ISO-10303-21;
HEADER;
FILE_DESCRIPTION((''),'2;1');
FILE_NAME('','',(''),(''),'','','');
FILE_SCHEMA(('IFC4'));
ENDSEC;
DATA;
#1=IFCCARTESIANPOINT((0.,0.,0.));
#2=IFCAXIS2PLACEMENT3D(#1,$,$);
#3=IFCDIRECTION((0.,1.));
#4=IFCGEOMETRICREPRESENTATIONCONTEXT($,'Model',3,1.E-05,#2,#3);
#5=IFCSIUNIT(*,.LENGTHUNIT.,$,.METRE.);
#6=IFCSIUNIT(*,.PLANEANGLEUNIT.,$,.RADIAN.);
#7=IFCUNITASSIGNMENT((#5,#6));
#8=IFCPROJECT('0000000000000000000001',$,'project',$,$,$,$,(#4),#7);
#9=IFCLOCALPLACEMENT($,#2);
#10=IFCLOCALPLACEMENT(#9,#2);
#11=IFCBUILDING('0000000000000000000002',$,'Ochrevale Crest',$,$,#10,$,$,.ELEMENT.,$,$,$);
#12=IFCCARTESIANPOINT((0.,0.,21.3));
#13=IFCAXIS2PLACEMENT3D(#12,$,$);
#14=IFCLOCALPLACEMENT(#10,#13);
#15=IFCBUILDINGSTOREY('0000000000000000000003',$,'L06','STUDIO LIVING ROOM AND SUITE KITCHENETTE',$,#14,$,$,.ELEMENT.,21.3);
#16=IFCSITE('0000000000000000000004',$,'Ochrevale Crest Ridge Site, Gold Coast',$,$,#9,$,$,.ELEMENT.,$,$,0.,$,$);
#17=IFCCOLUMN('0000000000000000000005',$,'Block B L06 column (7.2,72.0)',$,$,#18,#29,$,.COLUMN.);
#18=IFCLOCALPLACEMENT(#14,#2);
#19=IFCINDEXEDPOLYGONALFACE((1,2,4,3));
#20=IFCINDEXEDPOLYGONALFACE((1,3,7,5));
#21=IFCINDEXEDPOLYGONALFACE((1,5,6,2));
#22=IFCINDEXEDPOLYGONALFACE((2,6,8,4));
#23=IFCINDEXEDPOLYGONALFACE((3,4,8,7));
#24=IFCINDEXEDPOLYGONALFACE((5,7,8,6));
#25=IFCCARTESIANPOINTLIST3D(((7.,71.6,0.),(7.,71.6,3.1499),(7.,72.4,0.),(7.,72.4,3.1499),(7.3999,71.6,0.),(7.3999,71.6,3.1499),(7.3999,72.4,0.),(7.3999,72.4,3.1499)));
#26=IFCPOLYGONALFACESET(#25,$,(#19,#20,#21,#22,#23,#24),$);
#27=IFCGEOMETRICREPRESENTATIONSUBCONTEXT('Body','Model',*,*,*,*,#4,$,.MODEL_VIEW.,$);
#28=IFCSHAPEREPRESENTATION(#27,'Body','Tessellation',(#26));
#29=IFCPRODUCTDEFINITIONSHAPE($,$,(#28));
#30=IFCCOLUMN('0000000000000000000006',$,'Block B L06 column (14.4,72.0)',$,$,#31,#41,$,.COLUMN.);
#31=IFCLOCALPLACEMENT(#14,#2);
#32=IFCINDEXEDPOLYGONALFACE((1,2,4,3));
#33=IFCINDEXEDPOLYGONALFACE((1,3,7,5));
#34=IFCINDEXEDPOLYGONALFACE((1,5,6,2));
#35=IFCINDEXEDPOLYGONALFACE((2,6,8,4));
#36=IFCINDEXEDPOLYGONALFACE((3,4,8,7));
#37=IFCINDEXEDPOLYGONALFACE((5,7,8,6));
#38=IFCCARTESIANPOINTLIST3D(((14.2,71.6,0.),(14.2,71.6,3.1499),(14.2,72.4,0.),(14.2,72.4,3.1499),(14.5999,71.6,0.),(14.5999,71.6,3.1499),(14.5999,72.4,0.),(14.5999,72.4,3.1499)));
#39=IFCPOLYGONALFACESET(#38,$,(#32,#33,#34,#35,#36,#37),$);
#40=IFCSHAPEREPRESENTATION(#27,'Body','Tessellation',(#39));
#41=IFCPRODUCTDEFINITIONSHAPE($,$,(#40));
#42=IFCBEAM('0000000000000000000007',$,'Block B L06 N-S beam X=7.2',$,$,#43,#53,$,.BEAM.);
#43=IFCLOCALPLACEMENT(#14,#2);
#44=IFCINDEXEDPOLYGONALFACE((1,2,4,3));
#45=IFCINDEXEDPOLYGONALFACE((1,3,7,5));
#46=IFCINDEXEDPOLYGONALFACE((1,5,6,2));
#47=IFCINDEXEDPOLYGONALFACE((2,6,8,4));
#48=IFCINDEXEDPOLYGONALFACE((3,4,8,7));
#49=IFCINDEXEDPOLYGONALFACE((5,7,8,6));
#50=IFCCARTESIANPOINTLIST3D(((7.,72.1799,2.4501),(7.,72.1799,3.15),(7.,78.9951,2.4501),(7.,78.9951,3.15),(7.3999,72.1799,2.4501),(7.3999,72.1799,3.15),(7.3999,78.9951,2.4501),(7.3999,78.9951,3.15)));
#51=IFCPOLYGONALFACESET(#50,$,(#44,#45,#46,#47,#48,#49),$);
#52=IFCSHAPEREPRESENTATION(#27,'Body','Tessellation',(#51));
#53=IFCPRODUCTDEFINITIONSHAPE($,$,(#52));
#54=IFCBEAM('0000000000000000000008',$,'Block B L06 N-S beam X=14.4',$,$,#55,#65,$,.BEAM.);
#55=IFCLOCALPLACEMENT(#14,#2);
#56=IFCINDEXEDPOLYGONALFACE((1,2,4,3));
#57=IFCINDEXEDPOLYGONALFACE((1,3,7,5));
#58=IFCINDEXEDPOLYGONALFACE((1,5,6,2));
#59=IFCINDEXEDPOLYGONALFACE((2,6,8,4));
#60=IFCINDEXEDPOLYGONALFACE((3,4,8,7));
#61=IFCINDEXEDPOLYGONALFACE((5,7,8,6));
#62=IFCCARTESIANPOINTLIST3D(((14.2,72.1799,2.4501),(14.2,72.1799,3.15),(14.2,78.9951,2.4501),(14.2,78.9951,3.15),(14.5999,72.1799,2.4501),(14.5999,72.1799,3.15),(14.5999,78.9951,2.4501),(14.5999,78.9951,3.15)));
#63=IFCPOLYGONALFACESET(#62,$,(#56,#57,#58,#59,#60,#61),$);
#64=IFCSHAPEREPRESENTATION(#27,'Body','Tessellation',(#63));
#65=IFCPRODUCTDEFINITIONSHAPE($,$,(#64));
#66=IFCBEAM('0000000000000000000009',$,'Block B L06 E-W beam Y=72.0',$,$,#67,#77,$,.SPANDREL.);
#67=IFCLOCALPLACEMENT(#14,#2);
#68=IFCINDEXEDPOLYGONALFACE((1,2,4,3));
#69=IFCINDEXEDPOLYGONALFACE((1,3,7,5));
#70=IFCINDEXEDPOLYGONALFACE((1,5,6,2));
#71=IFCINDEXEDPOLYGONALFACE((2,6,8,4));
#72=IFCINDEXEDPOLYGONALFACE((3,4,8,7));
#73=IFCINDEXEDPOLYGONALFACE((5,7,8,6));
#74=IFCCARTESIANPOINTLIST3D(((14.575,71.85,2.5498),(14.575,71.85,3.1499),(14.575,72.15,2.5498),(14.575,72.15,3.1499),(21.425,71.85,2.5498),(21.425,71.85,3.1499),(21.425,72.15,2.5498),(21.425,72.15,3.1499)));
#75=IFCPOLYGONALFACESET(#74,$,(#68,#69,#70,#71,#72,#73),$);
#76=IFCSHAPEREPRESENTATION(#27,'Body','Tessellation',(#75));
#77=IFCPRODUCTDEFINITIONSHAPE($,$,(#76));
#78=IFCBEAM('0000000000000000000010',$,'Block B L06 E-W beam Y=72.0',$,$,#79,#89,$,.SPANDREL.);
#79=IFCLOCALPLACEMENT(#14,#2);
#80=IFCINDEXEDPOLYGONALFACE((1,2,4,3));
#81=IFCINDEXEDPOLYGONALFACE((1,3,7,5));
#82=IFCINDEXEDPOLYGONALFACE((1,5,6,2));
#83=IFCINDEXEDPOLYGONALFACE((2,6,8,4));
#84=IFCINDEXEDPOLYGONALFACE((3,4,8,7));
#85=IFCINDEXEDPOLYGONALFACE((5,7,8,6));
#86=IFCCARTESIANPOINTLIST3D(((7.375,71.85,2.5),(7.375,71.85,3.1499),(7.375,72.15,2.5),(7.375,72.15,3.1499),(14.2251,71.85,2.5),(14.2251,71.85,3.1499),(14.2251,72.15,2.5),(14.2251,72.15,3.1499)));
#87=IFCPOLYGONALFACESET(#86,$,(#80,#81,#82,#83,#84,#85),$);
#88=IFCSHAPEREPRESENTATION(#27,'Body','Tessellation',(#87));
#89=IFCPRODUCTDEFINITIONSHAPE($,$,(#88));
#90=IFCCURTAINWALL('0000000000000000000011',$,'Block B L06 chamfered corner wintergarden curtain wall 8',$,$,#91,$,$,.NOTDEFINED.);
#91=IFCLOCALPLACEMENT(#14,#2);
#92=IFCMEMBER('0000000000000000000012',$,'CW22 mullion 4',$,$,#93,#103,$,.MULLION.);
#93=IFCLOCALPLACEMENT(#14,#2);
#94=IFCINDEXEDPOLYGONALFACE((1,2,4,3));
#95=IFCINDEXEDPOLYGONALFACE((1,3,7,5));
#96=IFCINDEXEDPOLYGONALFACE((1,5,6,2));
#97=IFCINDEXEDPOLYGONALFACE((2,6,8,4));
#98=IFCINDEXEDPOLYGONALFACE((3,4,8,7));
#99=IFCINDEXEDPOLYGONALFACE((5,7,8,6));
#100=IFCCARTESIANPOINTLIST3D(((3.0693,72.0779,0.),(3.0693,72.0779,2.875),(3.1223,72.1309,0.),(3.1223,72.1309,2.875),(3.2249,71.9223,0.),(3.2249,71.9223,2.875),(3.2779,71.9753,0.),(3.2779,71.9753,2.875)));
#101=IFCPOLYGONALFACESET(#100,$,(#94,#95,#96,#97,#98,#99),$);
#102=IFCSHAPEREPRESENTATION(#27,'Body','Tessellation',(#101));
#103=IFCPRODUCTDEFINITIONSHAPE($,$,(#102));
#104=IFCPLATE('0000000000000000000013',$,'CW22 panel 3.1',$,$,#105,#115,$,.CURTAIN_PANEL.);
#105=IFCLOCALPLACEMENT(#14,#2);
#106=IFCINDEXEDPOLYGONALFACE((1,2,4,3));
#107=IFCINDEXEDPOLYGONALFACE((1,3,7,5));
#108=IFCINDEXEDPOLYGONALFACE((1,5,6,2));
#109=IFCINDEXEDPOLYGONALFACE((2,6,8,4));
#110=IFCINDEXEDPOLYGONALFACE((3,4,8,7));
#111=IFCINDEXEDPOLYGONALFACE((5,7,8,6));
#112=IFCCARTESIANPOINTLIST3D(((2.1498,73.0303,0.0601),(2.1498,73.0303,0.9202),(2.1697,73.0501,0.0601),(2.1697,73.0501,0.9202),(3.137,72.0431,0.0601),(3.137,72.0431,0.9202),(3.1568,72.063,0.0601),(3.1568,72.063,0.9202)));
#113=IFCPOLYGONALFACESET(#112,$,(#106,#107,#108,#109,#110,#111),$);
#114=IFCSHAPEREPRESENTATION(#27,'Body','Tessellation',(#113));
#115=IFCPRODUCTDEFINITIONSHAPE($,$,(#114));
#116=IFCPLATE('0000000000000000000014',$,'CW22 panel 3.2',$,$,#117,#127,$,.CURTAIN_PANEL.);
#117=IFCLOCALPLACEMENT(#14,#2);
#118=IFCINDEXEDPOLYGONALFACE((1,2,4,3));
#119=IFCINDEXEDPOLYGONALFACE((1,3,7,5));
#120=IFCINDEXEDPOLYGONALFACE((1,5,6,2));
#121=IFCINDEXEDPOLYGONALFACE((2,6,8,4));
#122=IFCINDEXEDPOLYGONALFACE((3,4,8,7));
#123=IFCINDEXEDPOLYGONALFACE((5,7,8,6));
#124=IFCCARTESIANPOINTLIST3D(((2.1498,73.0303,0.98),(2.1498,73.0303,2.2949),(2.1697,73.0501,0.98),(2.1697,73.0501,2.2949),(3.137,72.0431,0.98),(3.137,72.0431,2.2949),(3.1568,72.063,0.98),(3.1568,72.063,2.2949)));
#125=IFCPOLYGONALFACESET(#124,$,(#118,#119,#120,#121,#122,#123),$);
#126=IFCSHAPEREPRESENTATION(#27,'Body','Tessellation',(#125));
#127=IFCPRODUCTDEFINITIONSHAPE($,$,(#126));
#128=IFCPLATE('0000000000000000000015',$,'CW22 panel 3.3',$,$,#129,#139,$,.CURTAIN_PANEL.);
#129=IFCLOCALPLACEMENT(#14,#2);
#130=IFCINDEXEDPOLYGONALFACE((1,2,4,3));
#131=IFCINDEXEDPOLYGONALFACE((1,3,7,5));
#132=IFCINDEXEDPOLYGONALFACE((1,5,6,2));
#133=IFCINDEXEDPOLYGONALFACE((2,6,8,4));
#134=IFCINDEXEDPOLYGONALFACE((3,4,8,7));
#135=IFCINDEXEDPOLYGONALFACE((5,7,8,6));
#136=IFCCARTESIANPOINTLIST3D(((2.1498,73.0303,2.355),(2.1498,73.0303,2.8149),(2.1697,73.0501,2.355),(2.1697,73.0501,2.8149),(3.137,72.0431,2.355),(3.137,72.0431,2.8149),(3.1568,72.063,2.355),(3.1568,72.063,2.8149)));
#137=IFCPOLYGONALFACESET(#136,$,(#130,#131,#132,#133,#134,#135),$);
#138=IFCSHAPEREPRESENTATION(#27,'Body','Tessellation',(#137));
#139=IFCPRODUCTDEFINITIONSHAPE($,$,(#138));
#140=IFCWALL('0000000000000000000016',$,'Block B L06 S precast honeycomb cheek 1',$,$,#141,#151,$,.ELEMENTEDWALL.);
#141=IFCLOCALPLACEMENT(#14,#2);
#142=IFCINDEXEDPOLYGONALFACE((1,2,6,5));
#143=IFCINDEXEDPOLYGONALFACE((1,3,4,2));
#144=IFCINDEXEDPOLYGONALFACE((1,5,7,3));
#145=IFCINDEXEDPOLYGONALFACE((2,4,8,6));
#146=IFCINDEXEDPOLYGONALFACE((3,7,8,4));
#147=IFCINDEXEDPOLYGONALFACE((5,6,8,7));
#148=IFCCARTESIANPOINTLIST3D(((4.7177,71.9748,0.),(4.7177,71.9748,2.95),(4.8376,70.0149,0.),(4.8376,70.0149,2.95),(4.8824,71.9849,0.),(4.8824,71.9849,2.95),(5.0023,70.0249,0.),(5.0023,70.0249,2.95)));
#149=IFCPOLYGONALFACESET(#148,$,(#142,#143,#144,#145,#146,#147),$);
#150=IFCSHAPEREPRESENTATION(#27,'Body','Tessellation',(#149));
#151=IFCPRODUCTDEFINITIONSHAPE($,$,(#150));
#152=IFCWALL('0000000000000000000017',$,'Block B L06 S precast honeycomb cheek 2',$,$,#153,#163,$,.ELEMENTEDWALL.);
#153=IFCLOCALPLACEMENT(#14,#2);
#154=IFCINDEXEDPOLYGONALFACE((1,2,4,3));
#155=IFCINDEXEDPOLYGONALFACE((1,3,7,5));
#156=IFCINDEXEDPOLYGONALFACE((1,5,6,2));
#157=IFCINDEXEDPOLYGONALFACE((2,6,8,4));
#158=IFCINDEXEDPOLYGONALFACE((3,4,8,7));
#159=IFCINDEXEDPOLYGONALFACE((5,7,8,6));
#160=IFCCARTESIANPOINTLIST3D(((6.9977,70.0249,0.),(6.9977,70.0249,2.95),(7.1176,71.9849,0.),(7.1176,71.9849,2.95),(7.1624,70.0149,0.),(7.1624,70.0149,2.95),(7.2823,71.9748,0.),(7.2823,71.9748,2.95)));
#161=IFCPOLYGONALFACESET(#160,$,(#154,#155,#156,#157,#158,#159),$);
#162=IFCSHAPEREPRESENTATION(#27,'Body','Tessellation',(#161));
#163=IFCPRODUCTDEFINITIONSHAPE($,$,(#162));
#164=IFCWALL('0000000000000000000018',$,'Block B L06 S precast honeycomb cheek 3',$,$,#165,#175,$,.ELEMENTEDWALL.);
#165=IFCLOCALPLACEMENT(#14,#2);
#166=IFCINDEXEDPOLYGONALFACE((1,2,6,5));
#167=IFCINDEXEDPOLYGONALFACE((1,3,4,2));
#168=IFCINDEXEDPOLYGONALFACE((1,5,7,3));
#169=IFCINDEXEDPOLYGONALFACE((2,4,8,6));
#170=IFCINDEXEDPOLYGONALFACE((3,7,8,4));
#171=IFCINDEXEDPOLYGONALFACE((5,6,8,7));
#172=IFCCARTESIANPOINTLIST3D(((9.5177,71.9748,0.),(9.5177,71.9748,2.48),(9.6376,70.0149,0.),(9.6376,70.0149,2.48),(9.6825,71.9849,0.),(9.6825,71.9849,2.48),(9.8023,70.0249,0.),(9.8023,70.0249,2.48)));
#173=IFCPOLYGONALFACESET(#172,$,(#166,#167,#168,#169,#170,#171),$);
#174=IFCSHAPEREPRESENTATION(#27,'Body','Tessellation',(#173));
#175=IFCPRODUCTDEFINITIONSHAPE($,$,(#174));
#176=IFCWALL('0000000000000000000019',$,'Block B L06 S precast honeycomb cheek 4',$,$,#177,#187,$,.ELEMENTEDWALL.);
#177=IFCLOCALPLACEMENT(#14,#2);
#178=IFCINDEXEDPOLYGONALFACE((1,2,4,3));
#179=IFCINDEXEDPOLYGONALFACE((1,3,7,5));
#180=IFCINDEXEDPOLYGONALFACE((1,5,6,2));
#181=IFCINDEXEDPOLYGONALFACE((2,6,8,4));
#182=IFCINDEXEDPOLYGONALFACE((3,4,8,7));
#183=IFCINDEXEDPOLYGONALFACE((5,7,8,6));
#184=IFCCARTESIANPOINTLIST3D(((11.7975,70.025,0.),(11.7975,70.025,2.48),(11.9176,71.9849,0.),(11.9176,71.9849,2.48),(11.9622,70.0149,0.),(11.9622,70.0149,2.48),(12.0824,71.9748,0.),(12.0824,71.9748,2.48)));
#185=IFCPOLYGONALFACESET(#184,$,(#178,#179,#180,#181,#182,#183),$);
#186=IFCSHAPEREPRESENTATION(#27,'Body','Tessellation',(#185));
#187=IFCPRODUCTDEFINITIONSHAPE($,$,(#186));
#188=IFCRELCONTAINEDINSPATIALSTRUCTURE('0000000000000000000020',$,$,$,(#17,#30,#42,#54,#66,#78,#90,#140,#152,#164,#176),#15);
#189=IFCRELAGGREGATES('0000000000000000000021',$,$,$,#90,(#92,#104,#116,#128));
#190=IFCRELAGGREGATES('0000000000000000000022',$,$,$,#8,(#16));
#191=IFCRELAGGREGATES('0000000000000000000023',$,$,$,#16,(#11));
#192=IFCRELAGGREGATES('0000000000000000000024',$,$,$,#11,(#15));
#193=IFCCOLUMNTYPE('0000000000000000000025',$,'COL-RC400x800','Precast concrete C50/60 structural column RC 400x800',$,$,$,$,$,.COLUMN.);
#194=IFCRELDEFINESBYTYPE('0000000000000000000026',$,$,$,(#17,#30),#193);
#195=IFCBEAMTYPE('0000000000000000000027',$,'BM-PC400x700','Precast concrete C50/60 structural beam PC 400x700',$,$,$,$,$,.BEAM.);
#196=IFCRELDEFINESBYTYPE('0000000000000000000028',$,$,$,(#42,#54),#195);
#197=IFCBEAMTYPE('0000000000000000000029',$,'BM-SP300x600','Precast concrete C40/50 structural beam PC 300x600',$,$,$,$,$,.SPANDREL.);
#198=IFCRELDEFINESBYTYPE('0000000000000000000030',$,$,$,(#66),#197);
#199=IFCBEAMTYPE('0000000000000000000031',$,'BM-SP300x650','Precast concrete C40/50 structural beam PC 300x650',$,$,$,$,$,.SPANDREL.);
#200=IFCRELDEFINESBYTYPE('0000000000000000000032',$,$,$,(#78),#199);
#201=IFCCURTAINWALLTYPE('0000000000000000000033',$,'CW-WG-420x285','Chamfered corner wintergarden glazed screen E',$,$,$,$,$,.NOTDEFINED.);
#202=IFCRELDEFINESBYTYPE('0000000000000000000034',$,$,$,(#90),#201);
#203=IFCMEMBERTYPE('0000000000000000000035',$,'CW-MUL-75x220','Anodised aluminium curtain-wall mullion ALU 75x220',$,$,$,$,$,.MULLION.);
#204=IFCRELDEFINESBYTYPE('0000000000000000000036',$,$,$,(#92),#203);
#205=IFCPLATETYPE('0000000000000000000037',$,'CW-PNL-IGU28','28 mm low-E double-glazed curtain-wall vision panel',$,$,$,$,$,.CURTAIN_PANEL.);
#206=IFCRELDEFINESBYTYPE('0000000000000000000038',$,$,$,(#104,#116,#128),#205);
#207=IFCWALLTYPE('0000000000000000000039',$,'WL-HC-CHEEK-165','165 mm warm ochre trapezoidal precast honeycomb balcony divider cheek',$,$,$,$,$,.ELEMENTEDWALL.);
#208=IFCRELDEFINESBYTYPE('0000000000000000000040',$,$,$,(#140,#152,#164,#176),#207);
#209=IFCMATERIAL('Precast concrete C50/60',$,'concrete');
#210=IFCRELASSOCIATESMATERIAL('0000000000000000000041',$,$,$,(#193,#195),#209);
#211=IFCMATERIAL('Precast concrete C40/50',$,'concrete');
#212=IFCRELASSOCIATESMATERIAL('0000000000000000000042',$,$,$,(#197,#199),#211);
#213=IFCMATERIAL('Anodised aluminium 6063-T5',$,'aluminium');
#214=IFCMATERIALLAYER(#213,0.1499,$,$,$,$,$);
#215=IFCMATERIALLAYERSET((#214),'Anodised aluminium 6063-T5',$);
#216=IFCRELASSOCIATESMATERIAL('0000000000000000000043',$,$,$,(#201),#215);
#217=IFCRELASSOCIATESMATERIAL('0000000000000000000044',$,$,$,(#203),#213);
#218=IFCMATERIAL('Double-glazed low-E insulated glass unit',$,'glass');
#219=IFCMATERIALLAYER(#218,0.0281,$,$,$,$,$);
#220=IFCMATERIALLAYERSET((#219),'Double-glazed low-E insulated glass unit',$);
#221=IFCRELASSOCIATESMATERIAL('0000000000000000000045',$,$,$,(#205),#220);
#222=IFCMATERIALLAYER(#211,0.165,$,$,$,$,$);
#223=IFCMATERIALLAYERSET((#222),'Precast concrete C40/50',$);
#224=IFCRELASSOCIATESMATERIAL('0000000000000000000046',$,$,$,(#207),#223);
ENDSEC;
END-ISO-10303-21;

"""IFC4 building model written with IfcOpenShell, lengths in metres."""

from ifc_helpers import new_model, si_unit, direction, frame, frame_2d, origin, origin_2d, place, context, subcontext, project, spatial, rectangle, extrude, material, layer, layer_set, material_profile, profile_set, type_object, element, aggregate, save


model = new_model("IFC4")

# Units and contexts
model_context = context("Model", 3, precision=1e-05, world=origin(), true_north=direction((0.0, 1.0)))
body_context = subcontext(model_context, "Body", "Model", "MODEL_VIEW")
ifc_project = project(units=[si_unit("LENGTHUNIT", "METRE"), si_unit("PLANEANGLEUNIT", "RADIAN")], contexts=[model_context])

# Site, building, storey
site_placement = place(None, origin())
site = spatial("IfcSite", under=ifc_project, at=site_placement, Name="Ochrevale Crest Ridge Site, Gold Coast", CompositionType="ELEMENT", RefElevation=0.0)
building_placement = place(site_placement, origin())
building = spatial("IfcBuilding", under=site, at=building_placement, Name="Ochrevale Crest", CompositionType="ELEMENT")
storey_placement = place(building_placement, frame((0.0, 0.0, 21.3)))
storey = spatial("IfcBuildingStorey", under=building, at=storey_placement, Name="L06", Description="STUDIO LIVING ROOM AND SUITE KITCHENETTE", CompositionType="ELEMENT", Elevation=21.3)

# Columns
ifc_material_1 = material(Name="Precast concrete C50/60", Category="concrete")
ifc_material_profile_1 = material_profile(ifc_material_1, rectangle(XDim=0.3999, YDim=0.8, at=origin_2d()), Name="RC 400x800")
ifc_profile_set_1 = profile_set([ifc_material_profile_1], Name="Precast concrete C50/60")
column_type = type_object("IfcColumnType", Name="COL-RC400x800", Description="Precast concrete C50/60 structural column RC 400x800", PredefinedType="COLUMN", material=ifc_profile_set_1)
for number, where, z_axis, x_axis, name in (
    (1, (7.2, 72.0, 0.0), (0.0, 0.0, 1.0), (1.0, 0.0, 0.0), "Block B L06 column (7.2,72.0)"),
    (2, (14.3999, 72.0, 0.0), (0.0, 0.0, 1.0), (1.0, 0.0, 0.0), "Block B L06 column (14.4,72.0)"),
):
    element("IfcColumn", number, at=place(storey_placement, frame(where, z_axis=z_axis, x_axis=x_axis)), inside=storey, type_object=column_type, Name=name, PredefinedType="COLUMN", context=body_context, shape_type="SweptSolid", body=[
        extrude(rectangle(XDim=0.3999, YDim=0.8, at=origin_2d()), origin(), (0.0, 0.0, 1.0), 3.1499),
    ])

# Beams
ifc_material_profile_2 = material_profile(ifc_material_1, rectangle(XDim=0.3999, YDim=0.7, at=origin_2d()), Name="PC 400x700")
ifc_profile_set_2 = profile_set([ifc_material_profile_2], Name="Precast concrete C50/60")
beam_type_1 = type_object("IfcBeamType", Name="BM-PC400x700", Description="Precast concrete C50/60 structural beam PC 400x700", PredefinedType="BEAM", material=ifc_profile_set_2)
for number, where, z_axis, x_axis, name in (
    (3, (7.2, 72.1799, 2.8), (0.0, 1.0, 0.0), (-1.0, 0.0, 0.0), "Block B L06 N-S beam X=7.2"),
    (4, (14.3999, 72.1799, 2.8), (0.0, 1.0, 0.0), (-1.0, 0.0, 0.0), "Block B L06 N-S beam X=14.4"),
):
    element("IfcBeam", number, at=place(storey_placement, frame(where, z_axis=z_axis, x_axis=x_axis)), inside=storey, type_object=beam_type_1, Name=name, PredefinedType="BEAM", context=body_context, shape_type="SweptSolid", body=[
        extrude(rectangle(XDim=0.3999, YDim=0.7, at=origin_2d()), origin(), (0.0, 0.0, 1.0), 6.8152),
    ])
ifc_material_2 = material(Name="Precast concrete C40/50", Category="concrete")
ifc_material_profile_3 = material_profile(ifc_material_2, rectangle(XDim=0.3, YDim=0.6001, at=origin_2d()), Name="PC 300x600")
ifc_profile_set_3 = profile_set([ifc_material_profile_3], Name="Precast concrete C40/50")
beam_type_2 = type_object("IfcBeamType", Name="BM-SP300x600", Description="Precast concrete C40/50 structural beam PC 300x600", PredefinedType="SPANDREL", material=ifc_profile_set_3)
beam_1_placement = place(storey_placement, frame((14.575, 72.0, 2.8499), z_axis=(1.0, 0.0, 0.0), x_axis=(0.0, 1.0, 0.0)))
element("IfcBeam", 5, at=beam_1_placement, inside=storey, type_object=beam_type_2, Name="Block B L06 E-W beam Y=72.0", PredefinedType="SPANDREL", context=body_context, shape_type="SweptSolid", body=[
    extrude(rectangle(XDim=0.3, YDim=0.6001, at=origin_2d()), origin(), (0.0, 0.0, 1.0), 6.8501),
])
ifc_material_profile_4 = material_profile(ifc_material_2, rectangle(XDim=0.3, YDim=0.6499, at=origin_2d()), Name="PC 300x650")
ifc_profile_set_4 = profile_set([ifc_material_profile_4], Name="Precast concrete C40/50")
beam_type_3 = type_object("IfcBeamType", Name="BM-SP300x650", Description="Precast concrete C40/50 structural beam PC 300x650", PredefinedType="SPANDREL", material=ifc_profile_set_4)
beam_2_placement = place(storey_placement, frame((7.375, 72.0, 2.825), z_axis=(1.0, 0.0, 0.0), x_axis=(0.0, 1.0, 0.0)))
element("IfcBeam", 6, at=beam_2_placement, inside=storey, type_object=beam_type_3, Name="Block B L06 E-W beam Y=72.0", PredefinedType="SPANDREL", context=body_context, shape_type="SweptSolid", body=[
    extrude(rectangle(XDim=0.3, YDim=0.6499, at=origin_2d()), origin(), (0.0, 0.0, 1.0), 6.8501),
])

# Curtain wall, member, plates
ifc_material_3 = material(Name="Anodised aluminium 6063-T5", Category="aluminium")
ifc_layer_1 = layer(ifc_material_3, 0.1499)
ifc_layer_set_1 = layer_set([ifc_layer_1], Name="Anodised aluminium 6063-T5")
curtain_wall_type = type_object("IfcCurtainWallType", Name="CW-WG-420x285", Description="Chamfered corner wintergarden glazed screen E", PredefinedType="NOTDEFINED", material=ifc_layer_set_1)
curtain_wall_placement = place(storey_placement, origin())
curtain_wall = element("IfcCurtainWall", 7, at=curtain_wall_placement, inside=storey, type_object=curtain_wall_type, Name="Block B L06 chamfered corner wintergarden curtain wall 8", PredefinedType="NOTDEFINED")
ifc_material_profile_5 = material_profile(ifc_material_3, rectangle(XDim=0.075, YDim=0.22, at=origin_2d()), Name="ALU 75x220")
ifc_profile_set_5 = profile_set([ifc_material_profile_5], Name="Anodised aluminium 6063-T5")
member_type = type_object("IfcMemberType", Name="CW-MUL-75x220", Description="Anodised aluminium curtain-wall mullion ALU 75x220", PredefinedType="MULLION", material=ifc_profile_set_5)
member_placement = place(storey_placement, frame((3.1736, 72.0266, 0.0), z_axis=(0.0, 0.0, 1.0), x_axis=(0.707107, 0.707107, 0.0)))
member = element("IfcMember", 8, at=member_placement, type_object=member_type, Name="CW22 mullion 4", PredefinedType="MULLION", context=body_context, shape_type="SweptSolid", body=[
    extrude(rectangle(XDim=0.075, YDim=0.22, at=origin_2d()), origin(), (0.0, 0.0, 1.0), 2.875),
])
ifc_material_4 = material(Name="Double-glazed low-E insulated glass unit", Category="glass")
ifc_layer_2 = layer(ifc_material_4, 0.0281)
ifc_layer_set_2 = layer_set([ifc_layer_2], Name="Double-glazed low-E insulated glass unit")
plate_type = type_object("IfcPlateType", Name="CW-PNL-IGU28", Description="28 mm low-E double-glazed curtain-wall vision panel", PredefinedType="CURTAIN_PANEL", material=ifc_layer_set_2)
plate_1_placement = place(storey_placement, frame((2.6533, 72.5466, 0.0601), z_axis=(0.0, 0.0, 1.0), x_axis=(0.707107, -0.707107, 0.0)))
plate_1 = element("IfcPlate", 9, at=plate_1_placement, type_object=plate_type, Name="CW22 panel 3.1", PredefinedType="CURTAIN_PANEL", context=body_context, shape_type="SweptSolid", body=[
    extrude(rectangle(XDim=1.396, YDim=0.0281, at=origin_2d()), origin(), (0.0, 0.0, 1.0), 0.8601),
])
plate_2_placement = place(storey_placement, frame((2.6533, 72.5466, 0.98), z_axis=(0.0, 0.0, 1.0), x_axis=(0.707107, -0.707107, 0.0)))
plate_2 = element("IfcPlate", 10, at=plate_2_placement, type_object=plate_type, Name="CW22 panel 3.2", PredefinedType="CURTAIN_PANEL", context=body_context, shape_type="SweptSolid", body=[
    extrude(rectangle(XDim=1.396, YDim=0.0281, at=origin_2d()), origin(), (0.0, 0.0, 1.0), 1.3149),
])
plate_3_placement = place(storey_placement, frame((2.6533, 72.5466, 2.355), z_axis=(0.0, 0.0, 1.0), x_axis=(0.707107, -0.707107, 0.0)))
plate_3 = element("IfcPlate", 11, at=plate_3_placement, type_object=plate_type, Name="CW22 panel 3.3", PredefinedType="CURTAIN_PANEL", context=body_context, shape_type="SweptSolid", body=[
    extrude(rectangle(XDim=1.396, YDim=0.0281, at=origin_2d()), origin(), (0.0, 0.0, 1.0), 0.46),
])
aggregate(curtain_wall, [member, plate_1, plate_2, plate_3])

# Walls
ifc_layer_3 = layer(ifc_material_2, 0.165)
ifc_layer_set_3 = layer_set([ifc_layer_3], Name="Precast concrete C40/50")
wall_type_1 = type_object("IfcWallType", Name="WL-HC-CHEEK-165", Description="165 mm warm ochre trapezoidal precast honeycomb balcony divider cheek", PredefinedType="ELEMENTEDWALL", material=ifc_layer_set_3)
for number, where, z_axis, x_axis, name in (
    (12, (4.8, 71.98, 0.0), (0.0, 0.0, 1.0), (0.061047, -0.998135, 0.0), "Block B L06 S precast honeycomb cheek 1"),
    (13, (7.2, 71.98, 0.0), (0.0, 0.0, 1.0), (-0.061047, -0.998135, 0.0), "Block B L06 S precast honeycomb cheek 2"),
):
    element("IfcWall", number, at=place(storey_placement, frame(where, z_axis=z_axis, x_axis=x_axis)), inside=storey, type_object=wall_type_1, Name=name, PredefinedType="ELEMENTEDWALL", context=body_context, shape_type="SweptSolid", body=[
        extrude(rectangle(XDim=1.9636, YDim=0.165, at=frame_2d((0.9819, 0.0))), origin(), (0.0, 0.0, 1.0), 2.95),
    ])
for number, where, z_axis, x_axis, name in (
    (14, (9.6001, 71.98, 0.0), (0.0, 0.0, 1.0), (0.061047, -0.998135, 0.0), "Block B L06 S precast honeycomb cheek 3"),
    (15, (12.0, 71.98, 0.0), (0.0, 0.0, 1.0), (-0.061171, -0.998127, 0.0), "Block B L06 S precast honeycomb cheek 4"),
):
    element("IfcWall", number, at=place(storey_placement, frame(where, z_axis=z_axis, x_axis=x_axis)), inside=storey, type_object=wall_type_1, Name=name, PredefinedType="ELEMENTEDWALL", context=body_context, shape_type="SweptSolid", body=[
        extrude(rectangle(XDim=1.9636, YDim=0.165, at=frame_2d((0.9819, 0.0))), origin(), (0.0, 0.0, 1.0), 2.48),
    ])

save(model, "model.ifc")
